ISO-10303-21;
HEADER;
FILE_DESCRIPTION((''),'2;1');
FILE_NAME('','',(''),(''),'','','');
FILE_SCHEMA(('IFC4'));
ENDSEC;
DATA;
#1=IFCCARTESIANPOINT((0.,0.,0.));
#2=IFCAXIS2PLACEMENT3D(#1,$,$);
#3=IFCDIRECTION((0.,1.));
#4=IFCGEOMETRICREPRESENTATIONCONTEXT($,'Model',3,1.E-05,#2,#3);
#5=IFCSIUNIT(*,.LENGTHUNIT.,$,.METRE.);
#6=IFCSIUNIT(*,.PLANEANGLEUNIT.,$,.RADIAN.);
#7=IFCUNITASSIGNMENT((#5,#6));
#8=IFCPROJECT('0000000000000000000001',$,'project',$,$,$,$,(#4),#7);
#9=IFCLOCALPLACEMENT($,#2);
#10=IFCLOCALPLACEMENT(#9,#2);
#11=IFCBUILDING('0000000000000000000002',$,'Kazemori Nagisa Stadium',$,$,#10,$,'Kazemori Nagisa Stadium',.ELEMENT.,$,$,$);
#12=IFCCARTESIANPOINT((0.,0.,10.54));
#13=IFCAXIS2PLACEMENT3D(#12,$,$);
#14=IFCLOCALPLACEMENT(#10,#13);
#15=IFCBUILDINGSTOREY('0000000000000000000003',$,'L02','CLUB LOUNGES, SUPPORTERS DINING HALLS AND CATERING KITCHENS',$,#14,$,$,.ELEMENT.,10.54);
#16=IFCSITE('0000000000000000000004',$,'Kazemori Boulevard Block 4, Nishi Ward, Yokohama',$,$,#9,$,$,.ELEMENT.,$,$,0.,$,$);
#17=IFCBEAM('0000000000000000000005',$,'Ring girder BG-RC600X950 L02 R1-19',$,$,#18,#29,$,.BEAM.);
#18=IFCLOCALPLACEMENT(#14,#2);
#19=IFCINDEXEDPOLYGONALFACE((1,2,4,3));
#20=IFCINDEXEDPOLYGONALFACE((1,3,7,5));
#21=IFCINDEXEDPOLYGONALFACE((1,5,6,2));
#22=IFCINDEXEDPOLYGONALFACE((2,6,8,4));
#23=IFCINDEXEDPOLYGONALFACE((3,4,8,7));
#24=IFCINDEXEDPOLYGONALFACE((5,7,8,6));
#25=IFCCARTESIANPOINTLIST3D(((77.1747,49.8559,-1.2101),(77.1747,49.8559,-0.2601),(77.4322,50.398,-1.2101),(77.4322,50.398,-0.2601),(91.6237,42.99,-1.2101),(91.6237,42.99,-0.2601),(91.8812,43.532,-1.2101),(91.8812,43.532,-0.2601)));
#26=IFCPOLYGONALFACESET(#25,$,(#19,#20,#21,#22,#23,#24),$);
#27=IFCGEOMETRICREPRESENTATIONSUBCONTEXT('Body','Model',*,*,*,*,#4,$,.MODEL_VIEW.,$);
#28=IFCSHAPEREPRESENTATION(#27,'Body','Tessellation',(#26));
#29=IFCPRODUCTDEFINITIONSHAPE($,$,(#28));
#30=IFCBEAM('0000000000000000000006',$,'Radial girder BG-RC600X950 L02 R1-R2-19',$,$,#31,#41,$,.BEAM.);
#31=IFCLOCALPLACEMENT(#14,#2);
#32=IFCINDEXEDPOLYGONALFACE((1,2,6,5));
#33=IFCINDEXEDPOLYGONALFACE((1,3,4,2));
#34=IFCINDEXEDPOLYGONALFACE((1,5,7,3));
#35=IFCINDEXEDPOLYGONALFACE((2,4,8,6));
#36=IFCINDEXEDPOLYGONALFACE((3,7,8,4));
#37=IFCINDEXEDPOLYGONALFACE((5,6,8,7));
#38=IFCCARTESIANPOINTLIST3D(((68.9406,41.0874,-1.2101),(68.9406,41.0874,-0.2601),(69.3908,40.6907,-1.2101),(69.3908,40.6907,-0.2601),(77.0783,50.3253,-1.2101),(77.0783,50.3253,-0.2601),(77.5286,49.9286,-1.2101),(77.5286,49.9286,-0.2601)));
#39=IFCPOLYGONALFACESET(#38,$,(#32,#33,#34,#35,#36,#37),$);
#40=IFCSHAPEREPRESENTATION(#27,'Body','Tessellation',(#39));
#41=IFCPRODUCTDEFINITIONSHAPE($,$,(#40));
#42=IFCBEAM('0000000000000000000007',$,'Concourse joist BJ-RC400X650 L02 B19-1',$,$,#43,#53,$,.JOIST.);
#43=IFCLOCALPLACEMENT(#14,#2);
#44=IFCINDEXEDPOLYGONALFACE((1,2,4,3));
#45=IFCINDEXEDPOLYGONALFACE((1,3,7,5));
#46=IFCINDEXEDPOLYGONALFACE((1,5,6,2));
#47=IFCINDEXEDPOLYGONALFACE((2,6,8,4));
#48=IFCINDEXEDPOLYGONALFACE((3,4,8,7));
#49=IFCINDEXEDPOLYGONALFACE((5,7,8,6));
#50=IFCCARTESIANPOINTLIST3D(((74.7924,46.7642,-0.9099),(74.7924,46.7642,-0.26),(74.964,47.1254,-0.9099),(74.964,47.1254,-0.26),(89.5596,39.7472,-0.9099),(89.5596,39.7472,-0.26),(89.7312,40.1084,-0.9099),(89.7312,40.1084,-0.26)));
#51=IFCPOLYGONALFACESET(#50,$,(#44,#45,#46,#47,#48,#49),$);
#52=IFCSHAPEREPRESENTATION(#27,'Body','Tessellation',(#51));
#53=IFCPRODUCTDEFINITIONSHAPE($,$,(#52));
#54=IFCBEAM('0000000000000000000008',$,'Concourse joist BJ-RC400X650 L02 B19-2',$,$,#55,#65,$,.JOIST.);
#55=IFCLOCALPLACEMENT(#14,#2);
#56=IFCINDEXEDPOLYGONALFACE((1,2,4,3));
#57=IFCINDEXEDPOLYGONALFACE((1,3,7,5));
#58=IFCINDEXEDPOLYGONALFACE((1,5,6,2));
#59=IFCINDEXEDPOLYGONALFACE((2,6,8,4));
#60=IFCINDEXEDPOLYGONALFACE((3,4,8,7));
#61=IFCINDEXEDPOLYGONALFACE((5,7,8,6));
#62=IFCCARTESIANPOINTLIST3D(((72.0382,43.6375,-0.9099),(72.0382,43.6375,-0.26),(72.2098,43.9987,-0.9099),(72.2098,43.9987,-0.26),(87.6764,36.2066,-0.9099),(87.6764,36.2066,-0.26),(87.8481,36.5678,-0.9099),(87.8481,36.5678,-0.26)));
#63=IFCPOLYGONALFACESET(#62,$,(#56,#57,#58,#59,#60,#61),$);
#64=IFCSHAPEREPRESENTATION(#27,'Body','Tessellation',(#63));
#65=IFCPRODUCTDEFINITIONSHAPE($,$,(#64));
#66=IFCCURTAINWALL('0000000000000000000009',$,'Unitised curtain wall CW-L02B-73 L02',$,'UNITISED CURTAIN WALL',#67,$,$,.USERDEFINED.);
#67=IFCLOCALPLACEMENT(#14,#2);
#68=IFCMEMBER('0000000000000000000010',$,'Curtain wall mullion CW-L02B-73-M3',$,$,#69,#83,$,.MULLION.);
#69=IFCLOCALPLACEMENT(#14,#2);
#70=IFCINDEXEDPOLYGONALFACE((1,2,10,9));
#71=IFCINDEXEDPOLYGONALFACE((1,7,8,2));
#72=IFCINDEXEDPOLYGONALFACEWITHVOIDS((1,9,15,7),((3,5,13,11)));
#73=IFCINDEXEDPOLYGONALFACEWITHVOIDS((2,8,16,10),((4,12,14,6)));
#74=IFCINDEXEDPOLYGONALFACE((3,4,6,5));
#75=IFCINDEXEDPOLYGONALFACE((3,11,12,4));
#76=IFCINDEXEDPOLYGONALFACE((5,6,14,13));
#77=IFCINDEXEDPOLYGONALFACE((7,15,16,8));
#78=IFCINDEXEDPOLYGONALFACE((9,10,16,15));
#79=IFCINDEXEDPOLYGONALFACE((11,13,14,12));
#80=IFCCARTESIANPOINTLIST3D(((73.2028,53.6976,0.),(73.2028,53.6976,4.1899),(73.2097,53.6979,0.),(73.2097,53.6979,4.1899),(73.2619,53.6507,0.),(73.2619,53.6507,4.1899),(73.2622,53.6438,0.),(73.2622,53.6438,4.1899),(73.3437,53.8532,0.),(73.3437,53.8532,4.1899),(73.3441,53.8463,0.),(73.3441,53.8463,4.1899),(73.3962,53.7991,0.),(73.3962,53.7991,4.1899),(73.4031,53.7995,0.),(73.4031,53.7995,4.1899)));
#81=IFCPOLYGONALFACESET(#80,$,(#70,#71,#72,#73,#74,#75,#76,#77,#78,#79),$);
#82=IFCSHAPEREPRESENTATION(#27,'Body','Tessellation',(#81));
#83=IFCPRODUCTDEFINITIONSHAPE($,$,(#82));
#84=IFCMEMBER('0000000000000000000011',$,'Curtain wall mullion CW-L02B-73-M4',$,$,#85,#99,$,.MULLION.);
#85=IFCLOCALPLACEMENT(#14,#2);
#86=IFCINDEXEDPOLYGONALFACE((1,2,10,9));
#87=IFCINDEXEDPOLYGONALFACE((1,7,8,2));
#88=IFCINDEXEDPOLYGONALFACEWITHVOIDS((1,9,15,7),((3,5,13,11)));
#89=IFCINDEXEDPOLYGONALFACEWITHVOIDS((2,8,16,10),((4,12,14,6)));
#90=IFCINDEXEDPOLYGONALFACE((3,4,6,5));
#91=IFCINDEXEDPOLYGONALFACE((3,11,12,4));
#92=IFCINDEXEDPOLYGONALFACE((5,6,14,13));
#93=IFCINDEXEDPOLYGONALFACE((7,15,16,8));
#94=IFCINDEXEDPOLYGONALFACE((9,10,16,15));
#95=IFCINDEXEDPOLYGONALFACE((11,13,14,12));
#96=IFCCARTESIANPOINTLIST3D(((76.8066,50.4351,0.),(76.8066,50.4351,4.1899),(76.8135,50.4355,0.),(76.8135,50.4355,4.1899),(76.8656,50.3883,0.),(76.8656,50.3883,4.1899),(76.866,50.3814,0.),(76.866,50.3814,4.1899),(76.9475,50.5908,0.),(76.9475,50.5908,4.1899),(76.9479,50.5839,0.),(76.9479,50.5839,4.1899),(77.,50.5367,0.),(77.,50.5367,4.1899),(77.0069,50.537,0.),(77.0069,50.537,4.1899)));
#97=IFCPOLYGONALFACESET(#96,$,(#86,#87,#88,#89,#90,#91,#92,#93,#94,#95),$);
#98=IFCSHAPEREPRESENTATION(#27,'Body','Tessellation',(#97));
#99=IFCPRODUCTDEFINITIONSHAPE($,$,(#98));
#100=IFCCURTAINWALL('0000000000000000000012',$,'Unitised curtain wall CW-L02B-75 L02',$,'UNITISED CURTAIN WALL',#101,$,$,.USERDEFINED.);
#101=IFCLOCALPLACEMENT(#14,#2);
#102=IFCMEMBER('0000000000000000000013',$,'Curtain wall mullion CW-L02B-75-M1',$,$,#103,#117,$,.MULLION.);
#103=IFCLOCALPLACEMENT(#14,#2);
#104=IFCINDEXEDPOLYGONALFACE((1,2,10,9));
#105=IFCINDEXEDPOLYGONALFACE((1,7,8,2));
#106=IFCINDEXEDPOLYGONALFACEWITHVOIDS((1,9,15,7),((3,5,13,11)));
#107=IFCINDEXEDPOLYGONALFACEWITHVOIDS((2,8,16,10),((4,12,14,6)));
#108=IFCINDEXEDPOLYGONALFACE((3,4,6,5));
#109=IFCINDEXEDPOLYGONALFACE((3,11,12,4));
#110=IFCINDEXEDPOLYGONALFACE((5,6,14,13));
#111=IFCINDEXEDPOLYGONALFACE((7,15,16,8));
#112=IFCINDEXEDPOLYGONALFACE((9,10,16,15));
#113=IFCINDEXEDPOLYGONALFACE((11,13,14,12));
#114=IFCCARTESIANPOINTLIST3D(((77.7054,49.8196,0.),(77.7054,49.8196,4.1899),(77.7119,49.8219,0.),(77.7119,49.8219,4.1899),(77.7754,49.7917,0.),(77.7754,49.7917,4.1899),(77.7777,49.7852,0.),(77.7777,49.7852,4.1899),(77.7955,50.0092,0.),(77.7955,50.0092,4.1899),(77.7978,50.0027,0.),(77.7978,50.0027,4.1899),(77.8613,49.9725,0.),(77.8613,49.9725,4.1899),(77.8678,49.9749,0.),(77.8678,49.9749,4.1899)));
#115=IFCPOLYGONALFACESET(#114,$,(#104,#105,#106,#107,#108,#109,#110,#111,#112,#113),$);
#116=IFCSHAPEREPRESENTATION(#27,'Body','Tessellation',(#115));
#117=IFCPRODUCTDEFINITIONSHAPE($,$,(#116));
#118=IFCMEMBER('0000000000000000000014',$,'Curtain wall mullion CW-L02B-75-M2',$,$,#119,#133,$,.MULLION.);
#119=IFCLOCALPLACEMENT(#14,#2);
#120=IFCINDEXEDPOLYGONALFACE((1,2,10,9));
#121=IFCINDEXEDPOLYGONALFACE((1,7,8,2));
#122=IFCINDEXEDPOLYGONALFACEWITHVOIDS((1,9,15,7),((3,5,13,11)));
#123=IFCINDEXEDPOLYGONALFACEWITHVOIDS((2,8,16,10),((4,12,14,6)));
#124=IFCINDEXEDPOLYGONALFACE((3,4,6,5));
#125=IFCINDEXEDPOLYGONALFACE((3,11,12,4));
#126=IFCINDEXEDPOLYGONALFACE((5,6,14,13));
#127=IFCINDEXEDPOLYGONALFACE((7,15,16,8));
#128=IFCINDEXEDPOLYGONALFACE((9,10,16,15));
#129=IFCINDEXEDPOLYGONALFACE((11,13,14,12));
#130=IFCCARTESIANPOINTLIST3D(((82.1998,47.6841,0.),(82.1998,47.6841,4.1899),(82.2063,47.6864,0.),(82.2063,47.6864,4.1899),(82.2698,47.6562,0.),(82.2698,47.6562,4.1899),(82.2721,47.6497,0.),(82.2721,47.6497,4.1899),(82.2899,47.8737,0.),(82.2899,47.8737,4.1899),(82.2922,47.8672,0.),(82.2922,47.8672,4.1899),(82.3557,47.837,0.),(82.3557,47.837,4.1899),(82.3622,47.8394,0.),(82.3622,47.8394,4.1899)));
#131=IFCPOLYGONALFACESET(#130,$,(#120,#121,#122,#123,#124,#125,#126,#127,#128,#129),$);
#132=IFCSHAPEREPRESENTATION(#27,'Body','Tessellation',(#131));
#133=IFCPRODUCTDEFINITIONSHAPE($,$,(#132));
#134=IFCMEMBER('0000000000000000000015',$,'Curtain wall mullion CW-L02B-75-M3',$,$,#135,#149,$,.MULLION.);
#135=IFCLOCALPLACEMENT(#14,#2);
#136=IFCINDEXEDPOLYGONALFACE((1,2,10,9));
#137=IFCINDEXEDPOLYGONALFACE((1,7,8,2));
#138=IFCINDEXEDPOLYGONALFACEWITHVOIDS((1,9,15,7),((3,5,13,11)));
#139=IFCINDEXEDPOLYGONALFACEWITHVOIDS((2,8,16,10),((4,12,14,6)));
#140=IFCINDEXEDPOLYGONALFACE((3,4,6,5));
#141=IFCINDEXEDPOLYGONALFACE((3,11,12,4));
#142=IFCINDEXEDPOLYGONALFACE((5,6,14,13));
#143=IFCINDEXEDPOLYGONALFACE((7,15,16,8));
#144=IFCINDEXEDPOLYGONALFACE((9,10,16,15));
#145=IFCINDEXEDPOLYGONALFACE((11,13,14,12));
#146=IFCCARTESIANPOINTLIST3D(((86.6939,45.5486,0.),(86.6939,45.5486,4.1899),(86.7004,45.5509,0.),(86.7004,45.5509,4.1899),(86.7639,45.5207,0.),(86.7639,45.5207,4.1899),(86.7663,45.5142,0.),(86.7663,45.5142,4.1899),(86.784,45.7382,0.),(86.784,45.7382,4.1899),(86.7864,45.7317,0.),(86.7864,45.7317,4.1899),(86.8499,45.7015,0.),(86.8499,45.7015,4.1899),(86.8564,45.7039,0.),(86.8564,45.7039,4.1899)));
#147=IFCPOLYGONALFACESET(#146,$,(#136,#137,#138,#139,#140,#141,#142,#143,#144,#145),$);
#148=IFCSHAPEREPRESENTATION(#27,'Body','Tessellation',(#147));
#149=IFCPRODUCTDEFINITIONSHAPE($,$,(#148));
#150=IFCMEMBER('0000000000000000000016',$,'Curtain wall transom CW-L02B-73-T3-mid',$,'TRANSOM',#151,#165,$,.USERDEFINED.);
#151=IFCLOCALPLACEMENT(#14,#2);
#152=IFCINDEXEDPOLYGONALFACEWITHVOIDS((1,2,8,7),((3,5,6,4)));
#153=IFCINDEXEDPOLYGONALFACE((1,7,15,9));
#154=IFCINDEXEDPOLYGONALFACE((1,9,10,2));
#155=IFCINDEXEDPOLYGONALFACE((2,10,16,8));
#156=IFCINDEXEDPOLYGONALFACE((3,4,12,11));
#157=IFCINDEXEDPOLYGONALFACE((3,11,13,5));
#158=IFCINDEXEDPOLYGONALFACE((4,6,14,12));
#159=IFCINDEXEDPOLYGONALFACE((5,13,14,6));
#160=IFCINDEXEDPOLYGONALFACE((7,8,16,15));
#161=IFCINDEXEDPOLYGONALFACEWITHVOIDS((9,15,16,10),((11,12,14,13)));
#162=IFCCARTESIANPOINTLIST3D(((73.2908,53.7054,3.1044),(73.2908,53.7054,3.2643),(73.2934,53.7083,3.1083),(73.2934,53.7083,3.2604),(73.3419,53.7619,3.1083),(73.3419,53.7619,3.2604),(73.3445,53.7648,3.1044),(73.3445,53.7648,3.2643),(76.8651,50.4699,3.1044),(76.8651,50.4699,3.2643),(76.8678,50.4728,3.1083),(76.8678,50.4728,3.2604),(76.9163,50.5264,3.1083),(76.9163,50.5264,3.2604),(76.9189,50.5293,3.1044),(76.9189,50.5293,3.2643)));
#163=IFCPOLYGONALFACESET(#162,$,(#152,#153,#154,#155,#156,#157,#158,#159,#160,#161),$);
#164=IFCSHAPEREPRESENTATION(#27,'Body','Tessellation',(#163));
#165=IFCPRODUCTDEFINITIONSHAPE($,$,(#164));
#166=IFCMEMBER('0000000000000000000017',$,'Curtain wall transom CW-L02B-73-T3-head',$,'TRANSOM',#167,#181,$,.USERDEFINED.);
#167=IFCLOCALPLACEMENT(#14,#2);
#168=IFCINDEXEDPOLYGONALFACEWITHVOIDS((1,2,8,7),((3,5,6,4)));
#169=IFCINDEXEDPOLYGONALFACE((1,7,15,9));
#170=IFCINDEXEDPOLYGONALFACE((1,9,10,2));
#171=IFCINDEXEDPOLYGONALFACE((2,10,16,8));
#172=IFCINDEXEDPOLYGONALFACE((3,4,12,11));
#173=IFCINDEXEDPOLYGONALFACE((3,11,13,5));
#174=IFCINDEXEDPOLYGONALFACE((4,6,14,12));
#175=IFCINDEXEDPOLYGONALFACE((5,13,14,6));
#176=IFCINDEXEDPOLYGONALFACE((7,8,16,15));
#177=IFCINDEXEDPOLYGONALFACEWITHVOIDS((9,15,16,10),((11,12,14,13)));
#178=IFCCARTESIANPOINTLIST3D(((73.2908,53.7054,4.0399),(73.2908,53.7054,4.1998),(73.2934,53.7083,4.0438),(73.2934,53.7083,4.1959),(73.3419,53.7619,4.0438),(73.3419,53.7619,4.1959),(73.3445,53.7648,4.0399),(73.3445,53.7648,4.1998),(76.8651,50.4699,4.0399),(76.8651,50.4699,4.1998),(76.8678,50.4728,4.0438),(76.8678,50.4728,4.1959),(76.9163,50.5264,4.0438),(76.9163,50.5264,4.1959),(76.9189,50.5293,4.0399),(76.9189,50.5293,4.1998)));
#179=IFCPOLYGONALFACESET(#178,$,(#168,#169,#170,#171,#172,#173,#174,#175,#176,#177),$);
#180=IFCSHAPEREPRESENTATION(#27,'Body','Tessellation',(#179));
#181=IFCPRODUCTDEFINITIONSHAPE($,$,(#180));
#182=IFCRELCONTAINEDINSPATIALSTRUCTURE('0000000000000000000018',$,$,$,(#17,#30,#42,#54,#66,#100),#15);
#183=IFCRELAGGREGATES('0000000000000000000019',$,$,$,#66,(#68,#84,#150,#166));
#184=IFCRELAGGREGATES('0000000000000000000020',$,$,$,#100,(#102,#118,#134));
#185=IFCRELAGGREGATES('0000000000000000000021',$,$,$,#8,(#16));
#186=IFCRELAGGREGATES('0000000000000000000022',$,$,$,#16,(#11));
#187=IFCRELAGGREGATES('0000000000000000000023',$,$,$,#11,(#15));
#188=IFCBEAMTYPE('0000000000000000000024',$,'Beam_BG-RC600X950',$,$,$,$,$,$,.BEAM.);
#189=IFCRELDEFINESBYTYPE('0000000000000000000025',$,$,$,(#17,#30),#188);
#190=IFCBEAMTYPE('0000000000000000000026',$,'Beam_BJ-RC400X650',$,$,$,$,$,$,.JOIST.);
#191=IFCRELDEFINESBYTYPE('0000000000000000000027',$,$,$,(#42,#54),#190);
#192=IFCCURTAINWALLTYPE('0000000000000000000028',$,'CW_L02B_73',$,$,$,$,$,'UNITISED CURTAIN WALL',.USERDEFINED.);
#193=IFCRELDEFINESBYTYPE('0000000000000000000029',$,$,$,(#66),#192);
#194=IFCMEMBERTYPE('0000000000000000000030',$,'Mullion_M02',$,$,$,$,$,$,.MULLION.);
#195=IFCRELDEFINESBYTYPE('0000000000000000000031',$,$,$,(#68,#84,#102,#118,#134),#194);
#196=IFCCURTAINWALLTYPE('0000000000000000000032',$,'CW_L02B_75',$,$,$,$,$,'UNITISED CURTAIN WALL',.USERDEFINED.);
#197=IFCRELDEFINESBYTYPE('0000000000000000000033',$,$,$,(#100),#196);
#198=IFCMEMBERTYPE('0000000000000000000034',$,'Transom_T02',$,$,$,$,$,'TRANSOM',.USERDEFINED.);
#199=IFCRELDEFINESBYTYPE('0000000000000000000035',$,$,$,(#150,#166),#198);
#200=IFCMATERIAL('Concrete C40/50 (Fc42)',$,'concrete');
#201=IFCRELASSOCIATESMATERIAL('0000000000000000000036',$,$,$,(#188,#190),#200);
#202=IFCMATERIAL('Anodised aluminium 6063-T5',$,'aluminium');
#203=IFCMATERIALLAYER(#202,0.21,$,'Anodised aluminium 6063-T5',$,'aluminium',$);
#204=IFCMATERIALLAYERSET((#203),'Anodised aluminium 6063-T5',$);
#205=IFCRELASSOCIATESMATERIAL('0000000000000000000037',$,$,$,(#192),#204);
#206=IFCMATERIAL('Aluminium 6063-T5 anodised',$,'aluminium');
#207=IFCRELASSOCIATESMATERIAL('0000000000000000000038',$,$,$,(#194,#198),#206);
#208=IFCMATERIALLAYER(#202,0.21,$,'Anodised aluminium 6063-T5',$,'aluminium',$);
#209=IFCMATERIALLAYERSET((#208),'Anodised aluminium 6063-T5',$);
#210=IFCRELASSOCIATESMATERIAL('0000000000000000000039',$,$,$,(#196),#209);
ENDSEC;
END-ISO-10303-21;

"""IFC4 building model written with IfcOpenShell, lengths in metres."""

from ifc_helpers import new_model, si_unit, direction, frame, origin, origin_2d, place, context, subcontext, project, spatial, rectangle, hollow_rectangle, extrude, material, layer, layer_set, material_profile, profile_set, type_object, element, aggregate, save


model = new_model("IFC4")

# Units and contexts
model_context = context("Model", 3, precision=1e-05, world=origin(), true_north=direction((0.0, 1.0)))
body_context = subcontext(model_context, "Body", "Model", "MODEL_VIEW")
ifc_project = project(units=[si_unit("LENGTHUNIT", "METRE"), si_unit("PLANEANGLEUNIT", "RADIAN")], contexts=[model_context])

# Site, building, storey
site_placement = place(None, origin())
site = spatial("IfcSite", under=ifc_project, at=site_placement, Name="Kazemori Boulevard Block 4, Nishi Ward, Yokohama", CompositionType="ELEMENT", RefElevation=0.0)
building_placement = place(site_placement, origin())
building = spatial("IfcBuilding", under=site, at=building_placement, Name="Kazemori Nagisa Stadium", LongName="Kazemori Nagisa Stadium", CompositionType="ELEMENT")
storey_placement = place(building_placement, frame((0.0, 0.0, 10.54)))
storey = spatial("IfcBuildingStorey", under=building, at=storey_placement, Name="L02", Description="CLUB LOUNGES, SUPPORTERS DINING HALLS AND CATERING KITCHENS", CompositionType="ELEMENT", Elevation=10.54)

# Shared definitions
ifc_material_1 = material(Name="Concrete C40/50 (Fc42)", Category="concrete")

# Beams
ifc_material_profile_1 = material_profile(ifc_material_1, rectangle(XDim=0.6001, YDim=0.95, at=origin_2d()), Name="RC-BM-600x950")
ifc_profile_set_1 = profile_set([ifc_material_profile_1], Name="Concrete C40/50 (Fc42)")
beam_type_1 = type_object("IfcBeamType", Name="Beam_BG-RC600X950", PredefinedType="BEAM", material=ifc_profile_set_1)
beam_1_placement = place(storey_placement, frame((77.3035, 50.127, -0.7351), z_axis=(0.903212, -0.429195, 0.0), x_axis=(0.429195, 0.903212, 0.0)))
element("IfcBeam", 1, at=beam_1_placement, inside=storey, type_object=beam_type_1, Name="Ring girder BG-RC600X950 L02 R1-19", PredefinedType="BEAM", context=body_context, shape_type="SweptSolid", body=[
    extrude(rectangle(XDim=0.6001, YDim=0.95, at=origin_2d()), origin(), (0.0, 0.0, 1.0), 15.9973),
])
beam_2_placement = place(storey_placement, frame((77.3035, 50.127, -0.7351), z_axis=(-0.661014, -0.750374, 0.0), x_axis=(0.750374, -0.661014, 0.0)))
element("IfcBeam", 2, at=beam_2_placement, inside=storey, type_object=beam_type_1, Name="Radial girder BG-RC600X950 L02 R1-R2-19", PredefinedType="BEAM", context=body_context, shape_type="SweptSolid", body=[
    extrude(rectangle(XDim=0.6001, YDim=0.95, at=origin_2d()), origin(), (0.0, 0.0, 1.0), 12.311),
])
ifc_material_profile_2 = material_profile(ifc_material_1, rectangle(XDim=0.3999, YDim=0.6499, at=origin_2d()), Name="RC-BM-400x650")
ifc_profile_set_2 = profile_set([ifc_material_profile_2], Name="Concrete C40/50 (Fc42)")
beam_type_2 = type_object("IfcBeamType", Name="Beam_BJ-RC400X650", PredefinedType="JOIST", material=ifc_profile_set_2)
beam_3_placement = place(storey_placement, frame((74.8782, 46.9448, -0.585), z_axis=(0.903216, -0.429187, 0.0), x_axis=(0.429187, 0.903216, 0.0)))
element("IfcBeam", 3, at=beam_3_placement, inside=storey, type_object=beam_type_2, Name="Concourse joist BJ-RC400X650 L02 B19-1", PredefinedType="JOIST", context=body_context, shape_type="SweptSolid", body=[
    extrude(rectangle(XDim=0.3999, YDim=0.6499, at=origin_2d()), origin(), (0.0, 0.0, 1.0), 16.3496),
])
beam_4_placement = place(storey_placement, frame((72.124, 43.8181, -0.585), z_axis=(0.903215, -0.429187, 0.0), x_axis=(0.429187, 0.903215, 0.0)))
element("IfcBeam", 4, at=beam_4_placement, inside=storey, type_object=beam_type_2, Name="Concourse joist BJ-RC400X650 L02 B19-2", PredefinedType="JOIST", context=body_context, shape_type="SweptSolid", body=[
    extrude(rectangle(XDim=0.3999, YDim=0.6499, at=origin_2d()), origin(), (0.0, 0.0, 1.0), 17.314),
])

# Curtain walls, members
ifc_material_2 = material(Name="Anodised aluminium 6063-T5", Category="aluminium")
ifc_layer_1 = layer(ifc_material_2, 0.21, Name="Anodised aluminium 6063-T5", Category="aluminium")
ifc_layer_set_1 = layer_set([ifc_layer_1], Name="Anodised aluminium 6063-T5")
curtain_wall_type_1 = type_object("IfcCurtainWallType", Name="CW_L02B_73", ElementType="UNITISED CURTAIN WALL", PredefinedType="USERDEFINED", material=ifc_layer_set_1)
curtain_wall_1_placement = place(storey_placement, origin())
curtain_wall_1 = element("IfcCurtainWall", 5, at=curtain_wall_1_placement, inside=storey, type_object=curtain_wall_type_1, Name="Unitised curtain wall CW-L02B-73 L02", ObjectType="UNITISED CURTAIN WALL", PredefinedType="USERDEFINED")
ifc_material_3 = material(Name="Aluminium 6063-T5 anodised", Category="aluminium")
ifc_material_profile_3 = material_profile(ifc_material_3, hollow_rectangle(XDim=0.0801, YDim=0.21, WallThickness=0.0049, at=origin_2d()), Name="ALU-MULL-80x210x5")
ifc_profile_set_3 = profile_set([ifc_material_profile_3], Name="Aluminium 6063-T5 anodised")
member_type_1 = type_object("IfcMemberType", Name="Mullion_M02", PredefinedType="MULLION", material=ifc_profile_set_3)
member_1_placement = place(storey_placement, frame((73.303, 53.7485, 0.0), z_axis=(0.0, 0.0, 1.0), x_axis=(0.741351, -0.671118, 0.0)))
member_1 = element("IfcMember", 6, at=member_1_placement, type_object=member_type_1, Name="Curtain wall mullion CW-L02B-73-M3", PredefinedType="MULLION", context=body_context, shape_type="SweptSolid", body=[
    extrude(hollow_rectangle(XDim=0.0801, YDim=0.21, WallThickness=0.0049, at=origin_2d()), origin(), (0.0, 0.0, 1.0), 4.1899),
])
member_2_placement = place(storey_placement, frame((76.9067, 50.4861, 0.0), z_axis=(0.0, 0.0, 1.0), x_axis=(0.741351, -0.671118, 0.0)))
member_2 = element("IfcMember", 7, at=member_2_placement, type_object=member_type_1, Name="Curtain wall mullion CW-L02B-73-M4", PredefinedType="MULLION", context=body_context, shape_type="SweptSolid", body=[
    extrude(hollow_rectangle(XDim=0.0801, YDim=0.21, WallThickness=0.0049, at=origin_2d()), origin(), (0.0, 0.0, 1.0), 4.1899),
])
ifc_layer_2 = layer(ifc_material_2, 0.21, Name="Anodised aluminium 6063-T5", Category="aluminium")
ifc_layer_set_2 = layer_set([ifc_layer_2], Name="Anodised aluminium 6063-T5")
curtain_wall_type_2 = type_object("IfcCurtainWallType", Name="CW_L02B_75", ElementType="UNITISED CURTAIN WALL", PredefinedType="USERDEFINED", material=ifc_layer_set_2)
curtain_wall_2_placement = place(storey_placement, origin())
curtain_wall_2 = element("IfcCurtainWall", 8, at=curtain_wall_2_placement, inside=storey, type_object=curtain_wall_type_2, Name="Unitised curtain wall CW-L02B-75 L02", ObjectType="UNITISED CURTAIN WALL", PredefinedType="USERDEFINED")
member_3_placement = place(storey_placement, frame((77.7866, 49.8972, 0.0), z_axis=(0.0, 0.0, 1.0), x_axis=(0.903216, -0.429186, 0.0)))
member_3 = element("IfcMember", 9, at=member_3_placement, type_object=member_type_1, Name="Curtain wall mullion CW-L02B-75-M1", PredefinedType="MULLION", context=body_context, shape_type="SweptSolid", body=[
    extrude(hollow_rectangle(XDim=0.0801, YDim=0.21, WallThickness=0.0049, at=origin_2d()), origin(), (0.0, 0.0, 1.0), 4.1899),
])
member_4_placement = place(storey_placement, frame((82.281, 47.7617, 0.0), z_axis=(0.0, 0.0, 1.0), x_axis=(0.903216, -0.429186, 0.0)))
member_4 = element("IfcMember", 10, at=member_4_placement, type_object=member_type_1, Name="Curtain wall mullion CW-L02B-75-M2", PredefinedType="MULLION", context=body_context, shape_type="SweptSolid", body=[
    extrude(hollow_rectangle(XDim=0.0801, YDim=0.21, WallThickness=0.0049, at=origin_2d()), origin(), (0.0, 0.0, 1.0), 4.1899),
])
member_5_placement = place(storey_placement, frame((86.7751, 45.6262, 0.0), z_axis=(0.0, 0.0, 1.0), x_axis=(0.903216, -0.429186, 0.0)))
member_5 = element("IfcMember", 11, at=member_5_placement, type_object=member_type_1, Name="Curtain wall mullion CW-L02B-75-M3", PredefinedType="MULLION", context=body_context, shape_type="SweptSolid", body=[
    extrude(hollow_rectangle(XDim=0.0801, YDim=0.21, WallThickness=0.0049, at=origin_2d()), origin(), (0.0, 0.0, 1.0), 4.1899),
])

# Members
ifc_material_profile_4 = material_profile(ifc_material_3, hollow_rectangle(XDim=0.0801, YDim=0.1599, WallThickness=0.0039, at=origin_2d()), Name="ALU-TRAN-80x160x4")
ifc_profile_set_4 = profile_set([ifc_material_profile_4], Name="Aluminium 6063-T5 anodised")
member_type_2 = type_object("IfcMemberType", Name="Transom_T02", ElementType="TRANSOM", PredefinedType="USERDEFINED", material=ifc_profile_set_4)
member_6_placement = place(storey_placement, frame((73.3176, 53.7351, 3.1843), z_axis=(0.741375, -0.671091, 0.0), x_axis=(0.671091, 0.741375, 0.0)))
member_6 = element("IfcMember", 12, at=member_6_placement, type_object=member_type_2, Name="Curtain wall transom CW-L02B-73-T3-mid", ObjectType="TRANSOM", PredefinedType="USERDEFINED", context=body_context, shape_type="SweptSolid", body=[
    extrude(hollow_rectangle(XDim=0.0801, YDim=0.1599, WallThickness=0.0039, at=origin_2d()), origin(), (0.0, 0.0, 1.0), 4.8213),
])
member_7_placement = place(storey_placement, frame((73.3176, 53.7351, 4.1199), z_axis=(0.741375, -0.671091, 0.0), x_axis=(0.671091, 0.741375, 0.0)))
member_7 = element("IfcMember", 13, at=member_7_placement, type_object=member_type_2, Name="Curtain wall transom CW-L02B-73-T3-head", ObjectType="TRANSOM", PredefinedType="USERDEFINED", context=body_context, shape_type="SweptSolid", body=[
    extrude(hollow_rectangle(XDim=0.0801, YDim=0.1599, WallThickness=0.0039, at=origin_2d()), origin(), (0.0, 0.0, 1.0), 4.8213),
])

aggregate(curtain_wall_1, [member_1, member_2, member_6, member_7])
aggregate(curtain_wall_2, [member_3, member_4, member_5])

save(model, "model.ifc")
